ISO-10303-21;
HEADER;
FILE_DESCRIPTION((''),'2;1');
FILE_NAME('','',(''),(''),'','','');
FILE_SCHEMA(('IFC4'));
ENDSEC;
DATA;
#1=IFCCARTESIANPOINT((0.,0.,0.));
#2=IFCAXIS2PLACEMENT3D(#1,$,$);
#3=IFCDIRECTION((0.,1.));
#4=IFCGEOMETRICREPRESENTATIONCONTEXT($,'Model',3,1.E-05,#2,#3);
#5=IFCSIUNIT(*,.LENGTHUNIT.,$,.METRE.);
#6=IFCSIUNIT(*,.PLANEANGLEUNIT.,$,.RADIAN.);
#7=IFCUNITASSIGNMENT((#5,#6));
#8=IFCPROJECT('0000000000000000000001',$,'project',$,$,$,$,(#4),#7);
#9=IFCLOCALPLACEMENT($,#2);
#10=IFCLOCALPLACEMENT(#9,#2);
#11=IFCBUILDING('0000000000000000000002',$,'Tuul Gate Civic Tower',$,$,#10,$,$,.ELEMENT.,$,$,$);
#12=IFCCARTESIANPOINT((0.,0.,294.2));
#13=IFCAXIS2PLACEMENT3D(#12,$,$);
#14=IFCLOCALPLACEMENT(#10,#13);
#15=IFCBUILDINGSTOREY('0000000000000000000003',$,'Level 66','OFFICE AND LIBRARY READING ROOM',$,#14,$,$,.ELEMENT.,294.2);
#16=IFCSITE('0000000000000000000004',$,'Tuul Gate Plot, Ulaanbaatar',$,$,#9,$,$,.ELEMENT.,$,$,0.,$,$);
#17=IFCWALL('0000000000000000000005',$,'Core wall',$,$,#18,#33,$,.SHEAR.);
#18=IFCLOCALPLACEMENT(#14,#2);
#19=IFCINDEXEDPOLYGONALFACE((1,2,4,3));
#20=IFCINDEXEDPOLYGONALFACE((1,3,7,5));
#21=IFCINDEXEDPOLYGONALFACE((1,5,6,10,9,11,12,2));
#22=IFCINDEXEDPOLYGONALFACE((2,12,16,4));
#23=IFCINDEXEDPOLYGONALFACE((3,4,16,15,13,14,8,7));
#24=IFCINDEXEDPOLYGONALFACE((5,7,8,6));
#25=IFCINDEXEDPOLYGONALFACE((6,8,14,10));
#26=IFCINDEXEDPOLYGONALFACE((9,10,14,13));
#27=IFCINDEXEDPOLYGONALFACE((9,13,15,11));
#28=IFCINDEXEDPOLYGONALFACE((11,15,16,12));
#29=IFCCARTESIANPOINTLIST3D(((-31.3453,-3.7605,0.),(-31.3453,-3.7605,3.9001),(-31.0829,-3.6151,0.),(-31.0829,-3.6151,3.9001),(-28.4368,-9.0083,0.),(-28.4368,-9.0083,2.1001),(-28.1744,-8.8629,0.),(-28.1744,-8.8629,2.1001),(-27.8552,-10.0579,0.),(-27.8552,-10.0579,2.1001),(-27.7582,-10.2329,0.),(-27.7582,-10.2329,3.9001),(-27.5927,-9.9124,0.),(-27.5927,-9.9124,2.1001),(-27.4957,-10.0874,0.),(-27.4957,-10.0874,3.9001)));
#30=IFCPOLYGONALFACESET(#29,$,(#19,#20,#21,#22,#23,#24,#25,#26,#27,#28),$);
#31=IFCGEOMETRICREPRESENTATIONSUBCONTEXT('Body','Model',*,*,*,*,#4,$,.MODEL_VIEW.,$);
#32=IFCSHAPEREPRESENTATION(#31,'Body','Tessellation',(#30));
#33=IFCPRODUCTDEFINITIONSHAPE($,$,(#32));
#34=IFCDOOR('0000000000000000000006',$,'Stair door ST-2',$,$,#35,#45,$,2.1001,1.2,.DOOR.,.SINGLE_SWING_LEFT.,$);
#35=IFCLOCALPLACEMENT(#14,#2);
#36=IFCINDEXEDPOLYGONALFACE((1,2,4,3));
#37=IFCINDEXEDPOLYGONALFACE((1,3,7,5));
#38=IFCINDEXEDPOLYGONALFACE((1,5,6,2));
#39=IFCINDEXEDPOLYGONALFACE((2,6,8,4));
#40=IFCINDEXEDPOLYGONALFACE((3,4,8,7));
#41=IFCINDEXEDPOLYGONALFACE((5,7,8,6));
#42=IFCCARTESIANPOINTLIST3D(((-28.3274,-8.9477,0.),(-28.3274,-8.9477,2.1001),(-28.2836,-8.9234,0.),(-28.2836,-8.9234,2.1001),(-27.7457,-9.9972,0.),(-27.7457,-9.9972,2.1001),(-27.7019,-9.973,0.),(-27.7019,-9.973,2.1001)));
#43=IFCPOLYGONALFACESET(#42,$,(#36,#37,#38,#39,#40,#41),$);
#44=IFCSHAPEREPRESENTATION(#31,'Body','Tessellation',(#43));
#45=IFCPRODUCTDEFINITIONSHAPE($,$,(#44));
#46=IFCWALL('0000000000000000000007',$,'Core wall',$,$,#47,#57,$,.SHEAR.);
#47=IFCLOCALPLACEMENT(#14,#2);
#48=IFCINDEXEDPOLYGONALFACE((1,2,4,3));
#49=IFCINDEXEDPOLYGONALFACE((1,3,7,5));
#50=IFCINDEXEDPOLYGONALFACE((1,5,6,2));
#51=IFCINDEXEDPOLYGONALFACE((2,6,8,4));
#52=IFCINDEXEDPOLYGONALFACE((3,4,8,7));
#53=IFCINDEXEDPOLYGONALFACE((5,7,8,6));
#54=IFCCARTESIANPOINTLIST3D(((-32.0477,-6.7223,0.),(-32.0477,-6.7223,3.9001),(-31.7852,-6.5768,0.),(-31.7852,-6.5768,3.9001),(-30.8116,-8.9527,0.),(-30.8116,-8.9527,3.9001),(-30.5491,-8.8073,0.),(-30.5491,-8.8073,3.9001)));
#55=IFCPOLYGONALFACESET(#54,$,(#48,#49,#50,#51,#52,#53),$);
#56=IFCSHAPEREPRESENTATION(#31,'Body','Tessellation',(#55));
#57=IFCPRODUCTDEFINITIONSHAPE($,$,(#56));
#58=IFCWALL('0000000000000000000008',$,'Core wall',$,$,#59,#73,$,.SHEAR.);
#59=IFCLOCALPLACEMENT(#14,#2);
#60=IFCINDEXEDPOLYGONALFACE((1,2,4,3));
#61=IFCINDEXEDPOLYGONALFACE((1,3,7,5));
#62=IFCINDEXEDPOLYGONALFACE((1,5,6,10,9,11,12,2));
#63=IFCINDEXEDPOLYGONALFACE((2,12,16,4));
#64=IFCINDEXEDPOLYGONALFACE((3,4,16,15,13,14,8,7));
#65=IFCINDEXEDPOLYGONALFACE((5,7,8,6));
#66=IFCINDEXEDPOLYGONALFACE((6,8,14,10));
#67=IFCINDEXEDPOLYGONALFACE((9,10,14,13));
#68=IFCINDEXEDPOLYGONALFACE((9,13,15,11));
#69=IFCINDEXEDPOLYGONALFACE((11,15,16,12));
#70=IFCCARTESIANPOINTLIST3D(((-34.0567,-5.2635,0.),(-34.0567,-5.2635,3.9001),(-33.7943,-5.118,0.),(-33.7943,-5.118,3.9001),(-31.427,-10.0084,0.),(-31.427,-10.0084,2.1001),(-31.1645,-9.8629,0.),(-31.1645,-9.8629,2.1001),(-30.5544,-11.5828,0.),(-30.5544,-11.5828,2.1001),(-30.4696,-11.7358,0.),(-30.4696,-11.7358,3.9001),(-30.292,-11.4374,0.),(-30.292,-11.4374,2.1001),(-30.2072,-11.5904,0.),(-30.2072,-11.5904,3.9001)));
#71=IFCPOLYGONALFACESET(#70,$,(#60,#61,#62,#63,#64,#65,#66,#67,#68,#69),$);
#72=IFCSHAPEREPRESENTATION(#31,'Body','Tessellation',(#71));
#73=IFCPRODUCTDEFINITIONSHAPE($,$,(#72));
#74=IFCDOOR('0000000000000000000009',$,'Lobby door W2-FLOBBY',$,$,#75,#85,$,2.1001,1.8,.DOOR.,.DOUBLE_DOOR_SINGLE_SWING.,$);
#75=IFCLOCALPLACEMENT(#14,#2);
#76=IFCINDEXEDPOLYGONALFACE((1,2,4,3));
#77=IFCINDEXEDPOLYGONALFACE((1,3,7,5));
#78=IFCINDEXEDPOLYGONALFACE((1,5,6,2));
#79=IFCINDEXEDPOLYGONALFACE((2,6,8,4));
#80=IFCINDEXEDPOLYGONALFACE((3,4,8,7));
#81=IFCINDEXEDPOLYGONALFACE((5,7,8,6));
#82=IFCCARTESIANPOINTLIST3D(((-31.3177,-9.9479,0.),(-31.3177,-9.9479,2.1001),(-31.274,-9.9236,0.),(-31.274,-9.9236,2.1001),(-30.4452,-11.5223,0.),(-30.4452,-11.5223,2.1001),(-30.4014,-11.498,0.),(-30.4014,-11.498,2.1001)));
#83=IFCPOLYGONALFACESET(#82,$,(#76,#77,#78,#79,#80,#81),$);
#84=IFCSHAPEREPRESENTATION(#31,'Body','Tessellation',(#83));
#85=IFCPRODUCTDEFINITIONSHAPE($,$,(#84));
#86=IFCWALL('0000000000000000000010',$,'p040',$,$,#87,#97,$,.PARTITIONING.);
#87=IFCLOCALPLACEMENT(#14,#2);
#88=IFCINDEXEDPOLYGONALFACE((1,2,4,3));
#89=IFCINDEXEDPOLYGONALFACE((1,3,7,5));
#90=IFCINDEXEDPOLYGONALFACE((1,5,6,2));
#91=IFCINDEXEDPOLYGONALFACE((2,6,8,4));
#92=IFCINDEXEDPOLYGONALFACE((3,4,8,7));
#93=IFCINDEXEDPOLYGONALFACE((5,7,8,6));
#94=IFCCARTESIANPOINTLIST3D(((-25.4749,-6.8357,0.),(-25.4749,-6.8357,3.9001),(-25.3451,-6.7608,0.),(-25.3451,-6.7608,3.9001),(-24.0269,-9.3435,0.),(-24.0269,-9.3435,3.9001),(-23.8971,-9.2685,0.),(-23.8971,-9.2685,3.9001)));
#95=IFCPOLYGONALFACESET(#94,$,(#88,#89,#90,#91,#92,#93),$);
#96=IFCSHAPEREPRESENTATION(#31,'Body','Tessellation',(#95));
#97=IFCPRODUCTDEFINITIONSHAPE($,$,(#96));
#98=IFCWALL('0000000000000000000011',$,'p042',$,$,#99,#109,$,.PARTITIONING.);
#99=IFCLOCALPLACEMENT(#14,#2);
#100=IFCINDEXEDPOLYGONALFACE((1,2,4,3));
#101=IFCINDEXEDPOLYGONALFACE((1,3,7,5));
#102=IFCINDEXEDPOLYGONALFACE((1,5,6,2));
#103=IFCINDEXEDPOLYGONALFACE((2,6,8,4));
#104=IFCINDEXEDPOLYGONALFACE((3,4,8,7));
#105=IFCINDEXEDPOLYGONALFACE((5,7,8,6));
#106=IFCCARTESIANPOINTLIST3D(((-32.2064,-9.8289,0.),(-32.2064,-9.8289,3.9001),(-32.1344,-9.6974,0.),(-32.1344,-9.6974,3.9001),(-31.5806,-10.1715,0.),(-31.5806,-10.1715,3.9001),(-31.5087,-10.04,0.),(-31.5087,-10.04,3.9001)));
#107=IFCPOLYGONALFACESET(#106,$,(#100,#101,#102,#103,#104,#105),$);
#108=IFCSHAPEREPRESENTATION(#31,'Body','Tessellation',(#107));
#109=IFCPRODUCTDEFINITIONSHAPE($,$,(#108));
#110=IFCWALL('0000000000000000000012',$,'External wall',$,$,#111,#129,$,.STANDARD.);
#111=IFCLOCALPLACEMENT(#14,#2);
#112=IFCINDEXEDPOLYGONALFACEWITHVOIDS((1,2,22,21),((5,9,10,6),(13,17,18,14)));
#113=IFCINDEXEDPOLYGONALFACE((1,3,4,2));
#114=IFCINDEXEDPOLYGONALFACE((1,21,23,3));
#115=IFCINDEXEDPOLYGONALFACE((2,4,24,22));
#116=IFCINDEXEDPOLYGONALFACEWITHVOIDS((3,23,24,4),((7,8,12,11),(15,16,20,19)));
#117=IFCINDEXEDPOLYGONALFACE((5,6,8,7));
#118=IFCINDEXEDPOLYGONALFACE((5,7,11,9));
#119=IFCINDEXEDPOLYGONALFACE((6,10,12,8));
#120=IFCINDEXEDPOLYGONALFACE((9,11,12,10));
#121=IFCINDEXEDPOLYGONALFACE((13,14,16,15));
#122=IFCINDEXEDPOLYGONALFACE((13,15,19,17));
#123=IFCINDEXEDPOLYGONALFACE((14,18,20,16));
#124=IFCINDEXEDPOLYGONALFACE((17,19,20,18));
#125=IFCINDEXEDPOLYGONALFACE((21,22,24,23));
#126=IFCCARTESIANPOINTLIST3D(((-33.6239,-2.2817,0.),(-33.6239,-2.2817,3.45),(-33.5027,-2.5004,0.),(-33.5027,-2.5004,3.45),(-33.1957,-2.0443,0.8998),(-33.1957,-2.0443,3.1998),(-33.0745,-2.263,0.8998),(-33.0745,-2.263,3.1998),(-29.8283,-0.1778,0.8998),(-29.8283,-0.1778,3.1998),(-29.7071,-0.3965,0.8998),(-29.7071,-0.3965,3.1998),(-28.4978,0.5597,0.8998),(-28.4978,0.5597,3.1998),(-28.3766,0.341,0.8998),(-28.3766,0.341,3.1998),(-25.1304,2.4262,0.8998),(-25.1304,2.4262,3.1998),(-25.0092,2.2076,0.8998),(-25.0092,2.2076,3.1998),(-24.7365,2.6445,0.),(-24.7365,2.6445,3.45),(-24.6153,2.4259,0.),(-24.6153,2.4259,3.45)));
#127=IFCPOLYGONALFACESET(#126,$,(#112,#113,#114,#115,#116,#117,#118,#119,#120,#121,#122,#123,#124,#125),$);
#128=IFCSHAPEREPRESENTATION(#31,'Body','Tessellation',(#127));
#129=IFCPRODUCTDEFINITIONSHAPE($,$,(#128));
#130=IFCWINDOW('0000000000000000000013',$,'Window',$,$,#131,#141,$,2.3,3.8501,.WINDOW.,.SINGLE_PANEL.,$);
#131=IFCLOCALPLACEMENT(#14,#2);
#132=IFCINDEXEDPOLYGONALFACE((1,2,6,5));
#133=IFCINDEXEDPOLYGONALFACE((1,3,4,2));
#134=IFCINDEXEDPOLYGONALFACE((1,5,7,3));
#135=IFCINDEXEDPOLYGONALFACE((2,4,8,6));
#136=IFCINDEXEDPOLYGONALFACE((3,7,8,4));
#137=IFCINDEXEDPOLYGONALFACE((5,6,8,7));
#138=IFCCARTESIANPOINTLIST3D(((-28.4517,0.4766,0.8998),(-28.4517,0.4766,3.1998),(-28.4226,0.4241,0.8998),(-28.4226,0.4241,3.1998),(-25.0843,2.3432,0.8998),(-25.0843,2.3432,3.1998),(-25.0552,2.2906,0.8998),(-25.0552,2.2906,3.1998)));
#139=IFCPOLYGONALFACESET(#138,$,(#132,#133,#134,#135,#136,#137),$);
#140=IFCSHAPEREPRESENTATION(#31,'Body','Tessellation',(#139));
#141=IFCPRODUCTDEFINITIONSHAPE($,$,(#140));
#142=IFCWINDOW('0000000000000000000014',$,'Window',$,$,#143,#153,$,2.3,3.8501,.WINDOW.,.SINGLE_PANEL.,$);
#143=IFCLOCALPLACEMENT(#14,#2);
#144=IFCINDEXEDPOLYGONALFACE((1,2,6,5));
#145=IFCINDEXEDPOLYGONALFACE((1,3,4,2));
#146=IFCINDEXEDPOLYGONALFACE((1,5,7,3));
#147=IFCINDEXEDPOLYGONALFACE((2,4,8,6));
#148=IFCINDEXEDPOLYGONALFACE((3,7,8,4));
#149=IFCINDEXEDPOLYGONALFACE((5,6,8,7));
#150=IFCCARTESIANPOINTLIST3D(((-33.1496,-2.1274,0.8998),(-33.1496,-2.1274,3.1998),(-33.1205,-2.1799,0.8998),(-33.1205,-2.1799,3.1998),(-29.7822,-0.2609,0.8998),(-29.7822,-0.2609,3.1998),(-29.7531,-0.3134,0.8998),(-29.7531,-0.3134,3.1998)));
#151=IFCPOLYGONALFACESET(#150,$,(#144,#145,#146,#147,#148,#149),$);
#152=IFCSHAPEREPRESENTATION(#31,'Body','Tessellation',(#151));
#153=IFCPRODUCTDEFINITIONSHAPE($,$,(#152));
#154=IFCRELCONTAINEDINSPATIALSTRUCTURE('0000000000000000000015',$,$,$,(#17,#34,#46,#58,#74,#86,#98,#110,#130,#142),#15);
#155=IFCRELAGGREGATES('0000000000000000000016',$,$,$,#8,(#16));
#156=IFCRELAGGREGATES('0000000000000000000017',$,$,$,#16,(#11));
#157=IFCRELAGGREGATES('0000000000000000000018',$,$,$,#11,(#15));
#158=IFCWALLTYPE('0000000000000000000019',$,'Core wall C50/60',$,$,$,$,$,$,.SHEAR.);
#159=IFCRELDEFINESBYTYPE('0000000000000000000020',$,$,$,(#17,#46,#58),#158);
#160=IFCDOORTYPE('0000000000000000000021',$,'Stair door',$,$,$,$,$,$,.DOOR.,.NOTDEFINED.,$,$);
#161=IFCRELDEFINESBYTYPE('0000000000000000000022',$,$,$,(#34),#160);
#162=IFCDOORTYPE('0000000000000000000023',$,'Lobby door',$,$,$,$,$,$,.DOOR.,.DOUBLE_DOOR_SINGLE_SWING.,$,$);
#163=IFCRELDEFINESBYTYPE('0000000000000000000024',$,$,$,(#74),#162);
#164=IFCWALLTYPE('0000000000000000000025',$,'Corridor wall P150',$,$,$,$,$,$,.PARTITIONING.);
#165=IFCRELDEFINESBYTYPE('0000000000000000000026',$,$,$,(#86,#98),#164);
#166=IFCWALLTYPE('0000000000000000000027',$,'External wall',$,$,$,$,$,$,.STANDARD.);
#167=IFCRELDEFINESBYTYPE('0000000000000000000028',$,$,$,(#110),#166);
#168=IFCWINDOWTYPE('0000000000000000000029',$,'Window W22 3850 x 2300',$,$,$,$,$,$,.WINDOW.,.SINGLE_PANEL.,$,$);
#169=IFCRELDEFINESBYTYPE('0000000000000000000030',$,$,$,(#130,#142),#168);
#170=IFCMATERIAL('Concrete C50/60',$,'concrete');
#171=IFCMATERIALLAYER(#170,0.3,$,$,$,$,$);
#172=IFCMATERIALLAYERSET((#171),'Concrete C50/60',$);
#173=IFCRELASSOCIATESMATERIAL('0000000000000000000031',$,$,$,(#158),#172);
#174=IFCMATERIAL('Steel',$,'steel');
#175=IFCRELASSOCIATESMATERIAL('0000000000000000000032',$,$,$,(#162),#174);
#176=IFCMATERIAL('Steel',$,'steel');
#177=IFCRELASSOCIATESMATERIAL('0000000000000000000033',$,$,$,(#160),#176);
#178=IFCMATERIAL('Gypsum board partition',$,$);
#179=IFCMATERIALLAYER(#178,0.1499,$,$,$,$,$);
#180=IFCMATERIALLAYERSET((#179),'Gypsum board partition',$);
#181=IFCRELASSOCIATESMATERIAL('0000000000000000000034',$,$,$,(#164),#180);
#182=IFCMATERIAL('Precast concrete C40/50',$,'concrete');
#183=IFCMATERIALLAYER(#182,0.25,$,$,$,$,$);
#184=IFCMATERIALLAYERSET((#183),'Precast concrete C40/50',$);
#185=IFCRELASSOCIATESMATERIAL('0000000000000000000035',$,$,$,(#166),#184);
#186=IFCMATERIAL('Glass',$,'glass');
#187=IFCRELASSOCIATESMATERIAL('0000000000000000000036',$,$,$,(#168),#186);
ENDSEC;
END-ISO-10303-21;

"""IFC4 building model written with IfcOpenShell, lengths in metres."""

from ifc_helpers import new_model, si_unit, direction, frame, frame_2d, origin, place, context, subcontext, project, spatial, rectangle, extrude, material, layer, layer_set, type_object, element, fill, save


model = new_model("IFC4")

# Units and contexts
model_context = context("Model", 3, precision=1e-05, world=origin(), true_north=direction((0.0, 1.0)))
body_context = subcontext(model_context, "Body", "Model", "MODEL_VIEW")
ifc_project = project(units=[si_unit("LENGTHUNIT", "METRE"), si_unit("PLANEANGLEUNIT", "RADIAN")], contexts=[model_context])

# Site, building, storey
site_placement = place(None, origin())
site = spatial("IfcSite", under=ifc_project, at=site_placement, Name="Tuul Gate Plot, Ulaanbaatar", CompositionType="ELEMENT", RefElevation=0.0)
building_placement = place(site_placement, origin())
building = spatial("IfcBuilding", under=site, at=building_placement, Name="Tuul Gate Civic Tower", CompositionType="ELEMENT")
storey_placement = place(building_placement, frame((0.0, 0.0, 294.2)))
storey = spatial("IfcBuildingStorey", under=building, at=storey_placement, Name="Level 66", Description="OFFICE AND LIBRARY READING ROOM", CompositionType="ELEMENT", Elevation=294.2)

# Shared definitions
ifc_material_1 = material(Name="Concrete C50/60", Category="concrete")
ifc_layer_1 = layer(ifc_material_1, 0.3)
ifc_layer_set_1 = layer_set([ifc_layer_1], Name="Concrete C50/60")
wall_type_1 = type_object("IfcWallType", Name="Core wall C50/60", PredefinedType="SHEAR", material=ifc_layer_set_1)
ifc_material_2 = material(Name="Steel", Category="steel")
door_type_1 = type_object("IfcDoorType", Name="Lobby door", OperationType="DOUBLE_DOOR_SINGLE_SWING", PredefinedType="DOOR", material=ifc_material_2)

# Wall, opening, door
wall_1_placement = place(storey_placement, frame((-27.627, -10.1602, 0.0), z_axis=(0.0, 0.0, 1.0), x_axis=(-0.484752, 0.874652, 0.0)))
wall_1 = element("IfcWall", 1, at=wall_1_placement, inside=storey, type_object=wall_type_1, Name="Core wall", PredefinedType="SHEAR", context=body_context, shape_type="SweptSolid", body=[
    extrude(rectangle(XDim=7.3999, YDim=0.3, at=frame_2d((3.7, 0.0))), origin(), (0.0, 0.0, 1.0), 3.9001),
])
opening_1_placement = place(wall_1_placement, frame((0.2, 0.0, 0.0)))
opening_1 = element("IfcOpeningElement", 2, at=opening_1_placement, cuts=wall_1, PredefinedType="OPENING", context=body_context, shape_type="SweptSolid", body=[
    extrude(rectangle(XDim=1.2, YDim=2.1001, at=frame_2d((0.6001, 1.05))), frame((0.0, 0.1602, 0.0), z_axis=(0.0, -1.0, 0.0), x_axis=(1.0, 0.0, 0.0)), (0.0, 0.0, 1.0), 0.3201),
])
ifc_material_3 = material(Name="Steel", Category="steel")
door_type_2 = type_object("IfcDoorType", Name="Stair door", OperationType="NOTDEFINED", PredefinedType="DOOR", material=ifc_material_3)
door_1_placement = place(opening_1_placement, origin())
door_1 = element("IfcDoor", 3, at=door_1_placement, inside=storey, type_object=door_type_2, Name="Stair door ST-2", OperationType="SINGLE_SWING_LEFT", OverallHeight=2.1001, OverallWidth=1.2, PredefinedType="DOOR", context=body_context, shape_type="SweptSolid", body=[
    extrude(rectangle(XDim=1.2, YDim=2.1001, at=frame_2d((0.6001, 1.05))), frame((0.0, 0.0249, 0.0), z_axis=(0.0, -1.0, 0.0), x_axis=(1.0, 0.0, 0.0)), (0.0, 0.0, 1.0), 0.05),
])
fill(opening_1, door_1)

# Wall
wall_2_placement = place(storey_placement, frame((-30.6804, -8.8799, 0.0), z_axis=(0.0, 0.0, 1.0), x_axis=(-0.484724, 0.874667, 0.0)))
element("IfcWall", 4, at=wall_2_placement, inside=storey, type_object=wall_type_1, Name="Core wall", PredefinedType="SHEAR", context=body_context, shape_type="SweptSolid", body=[
    extrude(rectangle(XDim=2.55, YDim=0.3, at=frame_2d((1.2749, 0.0))), origin(), (0.0, 0.0, 1.0), 3.9001),
])

# Wall, opening, door
wall_3_placement = place(storey_placement, frame((-30.3384, -11.6631, 0.0), z_axis=(0.0, 0.0, 1.0), x_axis=(-0.484752, 0.874652, 0.0)))
wall_3 = element("IfcWall", 5, at=wall_3_placement, inside=storey, type_object=wall_type_1, Name="Core wall", PredefinedType="SHEAR", context=body_context, shape_type="SweptSolid", body=[
    extrude(rectangle(XDim=7.3999, YDim=0.3, at=frame_2d((3.7, 0.0))), origin(), (0.0, 0.0, 1.0), 3.9001),
])
opening_2_placement = place(wall_3_placement, frame((0.175, 0.0, 0.0)))
opening_2 = element("IfcOpeningElement", 6, at=opening_2_placement, cuts=wall_3, PredefinedType="OPENING", context=body_context, shape_type="SweptSolid", body=[
    extrude(rectangle(XDim=1.8, YDim=2.1001, at=frame_2d((0.8999, 1.05))), frame((0.0, 0.1602, 0.0), z_axis=(0.0, -1.0, 0.0), x_axis=(1.0, 0.0, 0.0)), (0.0, 0.0, 1.0), 0.3201),
])
door_2_placement = place(opening_2_placement, frame((1.8, 0.0, 0.0), z_axis=(0.0, 0.0, 1.0), x_axis=(-1.0, 0.0, 0.0)))
door_2 = element("IfcDoor", 7, at=door_2_placement, inside=storey, type_object=door_type_1, Name="Lobby door W2-FLOBBY", OperationType="DOUBLE_DOOR_SINGLE_SWING", OverallHeight=2.1001, OverallWidth=1.8, PredefinedType="DOOR", context=body_context, shape_type="SweptSolid", body=[
    extrude(rectangle(XDim=1.8, YDim=2.1001, at=frame_2d((0.9001, 1.05))), frame((0.0, 0.0249, 0.0), z_axis=(0.0, -1.0, 0.0), x_axis=(1.0, 0.0, 0.0)), (0.0, 0.0, 1.0), 0.05),
])
fill(opening_2, door_2)

# Walls
ifc_material_4 = material(Name="Gypsum board partition")
ifc_layer_2 = layer(ifc_material_4, 0.1499)
ifc_layer_set_2 = layer_set([ifc_layer_2], Name="Gypsum board partition")
wall_type_2 = type_object("IfcWallType", Name="Corridor wall P150", PredefinedType="PARTITIONING", material=ifc_layer_set_2)
wall_4_placement = place(storey_placement, frame((-25.4099, -6.7983, 0.0), z_axis=(0.0, 0.0, 1.0), x_axis=(0.500029, -0.866009, 0.0)))
element("IfcWall", 8, at=wall_4_placement, inside=storey, type_object=wall_type_2, Name="p040", PredefinedType="PARTITIONING", context=body_context, shape_type="SweptSolid", body=[
    extrude(rectangle(XDim=2.8958, YDim=0.1499, at=frame_2d((1.4478, 0.0))), origin(), (0.0, 0.0, 1.0), 3.9001),
])
wall_5_placement = place(storey_placement, frame((-32.1704, -9.7632, 0.0), z_axis=(0.0, 0.0, 1.0), x_axis=(0.877175, -0.48017, 0.0)))
element("IfcWall", 9, at=wall_5_placement, inside=storey, type_object=wall_type_2, Name="p042", PredefinedType="PARTITIONING", context=body_context, shape_type="SweptSolid", body=[
    extrude(rectangle(XDim=0.7134, YDim=0.1499, at=frame_2d((0.3567, 0.0))), origin(), (0.0, 0.0, 1.0), 3.9001),
])

# Wall, openings, windows
ifc_material_5 = material(Name="Precast concrete C40/50", Category="concrete")
ifc_layer_3 = layer(ifc_material_5, 0.25)
ifc_layer_set_3 = layer_set([ifc_layer_3], Name="Precast concrete C40/50")
wall_type_3 = type_object("IfcWallType", Name="External wall", PredefinedType="STANDARD", material=ifc_layer_set_3)
wall_6_placement = place(storey_placement, frame((-24.676, 2.5352, 0.0), z_axis=(0.0, 0.0, 1.0), x_axis=(-0.874625, -0.4848, 0.0)))
wall_6 = element("IfcWall", 10, at=wall_6_placement, inside=storey, type_object=wall_type_3, Name="External wall", PredefinedType="STANDARD", context=body_context, shape_type="SweptSolid", body=[
    extrude(rectangle(XDim=10.1614, YDim=0.25, at=frame_2d((5.0806, 0.0))), origin(), (0.0, 0.0, 1.0), 3.45),
])
opening_3_placement = place(wall_6_placement, frame((0.4502, 0.0, 0.8999)))
opening_3 = element("IfcOpeningElement", 11, at=opening_3_placement, cuts=wall_6, PredefinedType="OPENING", context=body_context, shape_type="SweptSolid", body=[
    extrude(rectangle(XDim=3.8501, YDim=2.3, at=frame_2d((1.925, 1.1499))), frame((0.0, 0.135, 0.0), z_axis=(0.0, -1.0, 0.0), x_axis=(1.0, 0.0, 0.0)), (0.0, 0.0, 1.0), 0.27),
])
opening_4_placement = place(wall_6_placement, frame((5.8215, 0.0, 0.8999)))
opening_4 = element("IfcOpeningElement", 12, at=opening_4_placement, cuts=wall_6, PredefinedType="OPENING", context=body_context, shape_type="SweptSolid", body=[
    extrude(rectangle(XDim=3.8501, YDim=2.3, at=frame_2d((1.925, 1.1499))), frame((0.0, 0.135, 0.0), z_axis=(0.0, -1.0, 0.0), x_axis=(1.0, 0.0, 0.0)), (0.0, 0.0, 1.0), 0.27),
])
ifc_material_6 = material(Name="Glass", Category="glass")
window_type = type_object("IfcWindowType", Name="Window W22 3850 x 2300", PartitioningType="SINGLE_PANEL", PredefinedType="WINDOW", material=ifc_material_6)
window_1_placement = place(opening_3_placement, origin())
window_1 = element("IfcWindow", 13, at=window_1_placement, inside=storey, type_object=window_type, Name="Window", OverallHeight=2.3, OverallWidth=3.8501, PartitioningType="SINGLE_PANEL", PredefinedType="WINDOW", context=body_context, shape_type="SweptSolid", body=[
    extrude(rectangle(XDim=3.8501, YDim=2.3, at=frame_2d((1.925, 1.1499))), frame((0.0, 0.03, 0.0), z_axis=(0.0, -1.0, 0.0), x_axis=(1.0, 0.0, 0.0)), (0.0, 0.0, 1.0), 0.0601),
])
fill(opening_3, window_1)
window_2_placement = place(opening_4_placement, origin())
window_2 = element("IfcWindow", 14, at=window_2_placement, inside=storey, type_object=window_type, Name="Window", OverallHeight=2.3, OverallWidth=3.8501, PartitioningType="SINGLE_PANEL", PredefinedType="WINDOW", context=body_context, shape_type="SweptSolid", body=[
    extrude(rectangle(XDim=3.8501, YDim=2.3, at=frame_2d((1.925, 1.1499))), frame((0.0, 0.03, 0.0), z_axis=(0.0, -1.0, 0.0), x_axis=(1.0, 0.0, 0.0)), (0.0, 0.0, 1.0), 0.0601),
])
fill(opening_4, window_2)

save(model, "model.ifc")
